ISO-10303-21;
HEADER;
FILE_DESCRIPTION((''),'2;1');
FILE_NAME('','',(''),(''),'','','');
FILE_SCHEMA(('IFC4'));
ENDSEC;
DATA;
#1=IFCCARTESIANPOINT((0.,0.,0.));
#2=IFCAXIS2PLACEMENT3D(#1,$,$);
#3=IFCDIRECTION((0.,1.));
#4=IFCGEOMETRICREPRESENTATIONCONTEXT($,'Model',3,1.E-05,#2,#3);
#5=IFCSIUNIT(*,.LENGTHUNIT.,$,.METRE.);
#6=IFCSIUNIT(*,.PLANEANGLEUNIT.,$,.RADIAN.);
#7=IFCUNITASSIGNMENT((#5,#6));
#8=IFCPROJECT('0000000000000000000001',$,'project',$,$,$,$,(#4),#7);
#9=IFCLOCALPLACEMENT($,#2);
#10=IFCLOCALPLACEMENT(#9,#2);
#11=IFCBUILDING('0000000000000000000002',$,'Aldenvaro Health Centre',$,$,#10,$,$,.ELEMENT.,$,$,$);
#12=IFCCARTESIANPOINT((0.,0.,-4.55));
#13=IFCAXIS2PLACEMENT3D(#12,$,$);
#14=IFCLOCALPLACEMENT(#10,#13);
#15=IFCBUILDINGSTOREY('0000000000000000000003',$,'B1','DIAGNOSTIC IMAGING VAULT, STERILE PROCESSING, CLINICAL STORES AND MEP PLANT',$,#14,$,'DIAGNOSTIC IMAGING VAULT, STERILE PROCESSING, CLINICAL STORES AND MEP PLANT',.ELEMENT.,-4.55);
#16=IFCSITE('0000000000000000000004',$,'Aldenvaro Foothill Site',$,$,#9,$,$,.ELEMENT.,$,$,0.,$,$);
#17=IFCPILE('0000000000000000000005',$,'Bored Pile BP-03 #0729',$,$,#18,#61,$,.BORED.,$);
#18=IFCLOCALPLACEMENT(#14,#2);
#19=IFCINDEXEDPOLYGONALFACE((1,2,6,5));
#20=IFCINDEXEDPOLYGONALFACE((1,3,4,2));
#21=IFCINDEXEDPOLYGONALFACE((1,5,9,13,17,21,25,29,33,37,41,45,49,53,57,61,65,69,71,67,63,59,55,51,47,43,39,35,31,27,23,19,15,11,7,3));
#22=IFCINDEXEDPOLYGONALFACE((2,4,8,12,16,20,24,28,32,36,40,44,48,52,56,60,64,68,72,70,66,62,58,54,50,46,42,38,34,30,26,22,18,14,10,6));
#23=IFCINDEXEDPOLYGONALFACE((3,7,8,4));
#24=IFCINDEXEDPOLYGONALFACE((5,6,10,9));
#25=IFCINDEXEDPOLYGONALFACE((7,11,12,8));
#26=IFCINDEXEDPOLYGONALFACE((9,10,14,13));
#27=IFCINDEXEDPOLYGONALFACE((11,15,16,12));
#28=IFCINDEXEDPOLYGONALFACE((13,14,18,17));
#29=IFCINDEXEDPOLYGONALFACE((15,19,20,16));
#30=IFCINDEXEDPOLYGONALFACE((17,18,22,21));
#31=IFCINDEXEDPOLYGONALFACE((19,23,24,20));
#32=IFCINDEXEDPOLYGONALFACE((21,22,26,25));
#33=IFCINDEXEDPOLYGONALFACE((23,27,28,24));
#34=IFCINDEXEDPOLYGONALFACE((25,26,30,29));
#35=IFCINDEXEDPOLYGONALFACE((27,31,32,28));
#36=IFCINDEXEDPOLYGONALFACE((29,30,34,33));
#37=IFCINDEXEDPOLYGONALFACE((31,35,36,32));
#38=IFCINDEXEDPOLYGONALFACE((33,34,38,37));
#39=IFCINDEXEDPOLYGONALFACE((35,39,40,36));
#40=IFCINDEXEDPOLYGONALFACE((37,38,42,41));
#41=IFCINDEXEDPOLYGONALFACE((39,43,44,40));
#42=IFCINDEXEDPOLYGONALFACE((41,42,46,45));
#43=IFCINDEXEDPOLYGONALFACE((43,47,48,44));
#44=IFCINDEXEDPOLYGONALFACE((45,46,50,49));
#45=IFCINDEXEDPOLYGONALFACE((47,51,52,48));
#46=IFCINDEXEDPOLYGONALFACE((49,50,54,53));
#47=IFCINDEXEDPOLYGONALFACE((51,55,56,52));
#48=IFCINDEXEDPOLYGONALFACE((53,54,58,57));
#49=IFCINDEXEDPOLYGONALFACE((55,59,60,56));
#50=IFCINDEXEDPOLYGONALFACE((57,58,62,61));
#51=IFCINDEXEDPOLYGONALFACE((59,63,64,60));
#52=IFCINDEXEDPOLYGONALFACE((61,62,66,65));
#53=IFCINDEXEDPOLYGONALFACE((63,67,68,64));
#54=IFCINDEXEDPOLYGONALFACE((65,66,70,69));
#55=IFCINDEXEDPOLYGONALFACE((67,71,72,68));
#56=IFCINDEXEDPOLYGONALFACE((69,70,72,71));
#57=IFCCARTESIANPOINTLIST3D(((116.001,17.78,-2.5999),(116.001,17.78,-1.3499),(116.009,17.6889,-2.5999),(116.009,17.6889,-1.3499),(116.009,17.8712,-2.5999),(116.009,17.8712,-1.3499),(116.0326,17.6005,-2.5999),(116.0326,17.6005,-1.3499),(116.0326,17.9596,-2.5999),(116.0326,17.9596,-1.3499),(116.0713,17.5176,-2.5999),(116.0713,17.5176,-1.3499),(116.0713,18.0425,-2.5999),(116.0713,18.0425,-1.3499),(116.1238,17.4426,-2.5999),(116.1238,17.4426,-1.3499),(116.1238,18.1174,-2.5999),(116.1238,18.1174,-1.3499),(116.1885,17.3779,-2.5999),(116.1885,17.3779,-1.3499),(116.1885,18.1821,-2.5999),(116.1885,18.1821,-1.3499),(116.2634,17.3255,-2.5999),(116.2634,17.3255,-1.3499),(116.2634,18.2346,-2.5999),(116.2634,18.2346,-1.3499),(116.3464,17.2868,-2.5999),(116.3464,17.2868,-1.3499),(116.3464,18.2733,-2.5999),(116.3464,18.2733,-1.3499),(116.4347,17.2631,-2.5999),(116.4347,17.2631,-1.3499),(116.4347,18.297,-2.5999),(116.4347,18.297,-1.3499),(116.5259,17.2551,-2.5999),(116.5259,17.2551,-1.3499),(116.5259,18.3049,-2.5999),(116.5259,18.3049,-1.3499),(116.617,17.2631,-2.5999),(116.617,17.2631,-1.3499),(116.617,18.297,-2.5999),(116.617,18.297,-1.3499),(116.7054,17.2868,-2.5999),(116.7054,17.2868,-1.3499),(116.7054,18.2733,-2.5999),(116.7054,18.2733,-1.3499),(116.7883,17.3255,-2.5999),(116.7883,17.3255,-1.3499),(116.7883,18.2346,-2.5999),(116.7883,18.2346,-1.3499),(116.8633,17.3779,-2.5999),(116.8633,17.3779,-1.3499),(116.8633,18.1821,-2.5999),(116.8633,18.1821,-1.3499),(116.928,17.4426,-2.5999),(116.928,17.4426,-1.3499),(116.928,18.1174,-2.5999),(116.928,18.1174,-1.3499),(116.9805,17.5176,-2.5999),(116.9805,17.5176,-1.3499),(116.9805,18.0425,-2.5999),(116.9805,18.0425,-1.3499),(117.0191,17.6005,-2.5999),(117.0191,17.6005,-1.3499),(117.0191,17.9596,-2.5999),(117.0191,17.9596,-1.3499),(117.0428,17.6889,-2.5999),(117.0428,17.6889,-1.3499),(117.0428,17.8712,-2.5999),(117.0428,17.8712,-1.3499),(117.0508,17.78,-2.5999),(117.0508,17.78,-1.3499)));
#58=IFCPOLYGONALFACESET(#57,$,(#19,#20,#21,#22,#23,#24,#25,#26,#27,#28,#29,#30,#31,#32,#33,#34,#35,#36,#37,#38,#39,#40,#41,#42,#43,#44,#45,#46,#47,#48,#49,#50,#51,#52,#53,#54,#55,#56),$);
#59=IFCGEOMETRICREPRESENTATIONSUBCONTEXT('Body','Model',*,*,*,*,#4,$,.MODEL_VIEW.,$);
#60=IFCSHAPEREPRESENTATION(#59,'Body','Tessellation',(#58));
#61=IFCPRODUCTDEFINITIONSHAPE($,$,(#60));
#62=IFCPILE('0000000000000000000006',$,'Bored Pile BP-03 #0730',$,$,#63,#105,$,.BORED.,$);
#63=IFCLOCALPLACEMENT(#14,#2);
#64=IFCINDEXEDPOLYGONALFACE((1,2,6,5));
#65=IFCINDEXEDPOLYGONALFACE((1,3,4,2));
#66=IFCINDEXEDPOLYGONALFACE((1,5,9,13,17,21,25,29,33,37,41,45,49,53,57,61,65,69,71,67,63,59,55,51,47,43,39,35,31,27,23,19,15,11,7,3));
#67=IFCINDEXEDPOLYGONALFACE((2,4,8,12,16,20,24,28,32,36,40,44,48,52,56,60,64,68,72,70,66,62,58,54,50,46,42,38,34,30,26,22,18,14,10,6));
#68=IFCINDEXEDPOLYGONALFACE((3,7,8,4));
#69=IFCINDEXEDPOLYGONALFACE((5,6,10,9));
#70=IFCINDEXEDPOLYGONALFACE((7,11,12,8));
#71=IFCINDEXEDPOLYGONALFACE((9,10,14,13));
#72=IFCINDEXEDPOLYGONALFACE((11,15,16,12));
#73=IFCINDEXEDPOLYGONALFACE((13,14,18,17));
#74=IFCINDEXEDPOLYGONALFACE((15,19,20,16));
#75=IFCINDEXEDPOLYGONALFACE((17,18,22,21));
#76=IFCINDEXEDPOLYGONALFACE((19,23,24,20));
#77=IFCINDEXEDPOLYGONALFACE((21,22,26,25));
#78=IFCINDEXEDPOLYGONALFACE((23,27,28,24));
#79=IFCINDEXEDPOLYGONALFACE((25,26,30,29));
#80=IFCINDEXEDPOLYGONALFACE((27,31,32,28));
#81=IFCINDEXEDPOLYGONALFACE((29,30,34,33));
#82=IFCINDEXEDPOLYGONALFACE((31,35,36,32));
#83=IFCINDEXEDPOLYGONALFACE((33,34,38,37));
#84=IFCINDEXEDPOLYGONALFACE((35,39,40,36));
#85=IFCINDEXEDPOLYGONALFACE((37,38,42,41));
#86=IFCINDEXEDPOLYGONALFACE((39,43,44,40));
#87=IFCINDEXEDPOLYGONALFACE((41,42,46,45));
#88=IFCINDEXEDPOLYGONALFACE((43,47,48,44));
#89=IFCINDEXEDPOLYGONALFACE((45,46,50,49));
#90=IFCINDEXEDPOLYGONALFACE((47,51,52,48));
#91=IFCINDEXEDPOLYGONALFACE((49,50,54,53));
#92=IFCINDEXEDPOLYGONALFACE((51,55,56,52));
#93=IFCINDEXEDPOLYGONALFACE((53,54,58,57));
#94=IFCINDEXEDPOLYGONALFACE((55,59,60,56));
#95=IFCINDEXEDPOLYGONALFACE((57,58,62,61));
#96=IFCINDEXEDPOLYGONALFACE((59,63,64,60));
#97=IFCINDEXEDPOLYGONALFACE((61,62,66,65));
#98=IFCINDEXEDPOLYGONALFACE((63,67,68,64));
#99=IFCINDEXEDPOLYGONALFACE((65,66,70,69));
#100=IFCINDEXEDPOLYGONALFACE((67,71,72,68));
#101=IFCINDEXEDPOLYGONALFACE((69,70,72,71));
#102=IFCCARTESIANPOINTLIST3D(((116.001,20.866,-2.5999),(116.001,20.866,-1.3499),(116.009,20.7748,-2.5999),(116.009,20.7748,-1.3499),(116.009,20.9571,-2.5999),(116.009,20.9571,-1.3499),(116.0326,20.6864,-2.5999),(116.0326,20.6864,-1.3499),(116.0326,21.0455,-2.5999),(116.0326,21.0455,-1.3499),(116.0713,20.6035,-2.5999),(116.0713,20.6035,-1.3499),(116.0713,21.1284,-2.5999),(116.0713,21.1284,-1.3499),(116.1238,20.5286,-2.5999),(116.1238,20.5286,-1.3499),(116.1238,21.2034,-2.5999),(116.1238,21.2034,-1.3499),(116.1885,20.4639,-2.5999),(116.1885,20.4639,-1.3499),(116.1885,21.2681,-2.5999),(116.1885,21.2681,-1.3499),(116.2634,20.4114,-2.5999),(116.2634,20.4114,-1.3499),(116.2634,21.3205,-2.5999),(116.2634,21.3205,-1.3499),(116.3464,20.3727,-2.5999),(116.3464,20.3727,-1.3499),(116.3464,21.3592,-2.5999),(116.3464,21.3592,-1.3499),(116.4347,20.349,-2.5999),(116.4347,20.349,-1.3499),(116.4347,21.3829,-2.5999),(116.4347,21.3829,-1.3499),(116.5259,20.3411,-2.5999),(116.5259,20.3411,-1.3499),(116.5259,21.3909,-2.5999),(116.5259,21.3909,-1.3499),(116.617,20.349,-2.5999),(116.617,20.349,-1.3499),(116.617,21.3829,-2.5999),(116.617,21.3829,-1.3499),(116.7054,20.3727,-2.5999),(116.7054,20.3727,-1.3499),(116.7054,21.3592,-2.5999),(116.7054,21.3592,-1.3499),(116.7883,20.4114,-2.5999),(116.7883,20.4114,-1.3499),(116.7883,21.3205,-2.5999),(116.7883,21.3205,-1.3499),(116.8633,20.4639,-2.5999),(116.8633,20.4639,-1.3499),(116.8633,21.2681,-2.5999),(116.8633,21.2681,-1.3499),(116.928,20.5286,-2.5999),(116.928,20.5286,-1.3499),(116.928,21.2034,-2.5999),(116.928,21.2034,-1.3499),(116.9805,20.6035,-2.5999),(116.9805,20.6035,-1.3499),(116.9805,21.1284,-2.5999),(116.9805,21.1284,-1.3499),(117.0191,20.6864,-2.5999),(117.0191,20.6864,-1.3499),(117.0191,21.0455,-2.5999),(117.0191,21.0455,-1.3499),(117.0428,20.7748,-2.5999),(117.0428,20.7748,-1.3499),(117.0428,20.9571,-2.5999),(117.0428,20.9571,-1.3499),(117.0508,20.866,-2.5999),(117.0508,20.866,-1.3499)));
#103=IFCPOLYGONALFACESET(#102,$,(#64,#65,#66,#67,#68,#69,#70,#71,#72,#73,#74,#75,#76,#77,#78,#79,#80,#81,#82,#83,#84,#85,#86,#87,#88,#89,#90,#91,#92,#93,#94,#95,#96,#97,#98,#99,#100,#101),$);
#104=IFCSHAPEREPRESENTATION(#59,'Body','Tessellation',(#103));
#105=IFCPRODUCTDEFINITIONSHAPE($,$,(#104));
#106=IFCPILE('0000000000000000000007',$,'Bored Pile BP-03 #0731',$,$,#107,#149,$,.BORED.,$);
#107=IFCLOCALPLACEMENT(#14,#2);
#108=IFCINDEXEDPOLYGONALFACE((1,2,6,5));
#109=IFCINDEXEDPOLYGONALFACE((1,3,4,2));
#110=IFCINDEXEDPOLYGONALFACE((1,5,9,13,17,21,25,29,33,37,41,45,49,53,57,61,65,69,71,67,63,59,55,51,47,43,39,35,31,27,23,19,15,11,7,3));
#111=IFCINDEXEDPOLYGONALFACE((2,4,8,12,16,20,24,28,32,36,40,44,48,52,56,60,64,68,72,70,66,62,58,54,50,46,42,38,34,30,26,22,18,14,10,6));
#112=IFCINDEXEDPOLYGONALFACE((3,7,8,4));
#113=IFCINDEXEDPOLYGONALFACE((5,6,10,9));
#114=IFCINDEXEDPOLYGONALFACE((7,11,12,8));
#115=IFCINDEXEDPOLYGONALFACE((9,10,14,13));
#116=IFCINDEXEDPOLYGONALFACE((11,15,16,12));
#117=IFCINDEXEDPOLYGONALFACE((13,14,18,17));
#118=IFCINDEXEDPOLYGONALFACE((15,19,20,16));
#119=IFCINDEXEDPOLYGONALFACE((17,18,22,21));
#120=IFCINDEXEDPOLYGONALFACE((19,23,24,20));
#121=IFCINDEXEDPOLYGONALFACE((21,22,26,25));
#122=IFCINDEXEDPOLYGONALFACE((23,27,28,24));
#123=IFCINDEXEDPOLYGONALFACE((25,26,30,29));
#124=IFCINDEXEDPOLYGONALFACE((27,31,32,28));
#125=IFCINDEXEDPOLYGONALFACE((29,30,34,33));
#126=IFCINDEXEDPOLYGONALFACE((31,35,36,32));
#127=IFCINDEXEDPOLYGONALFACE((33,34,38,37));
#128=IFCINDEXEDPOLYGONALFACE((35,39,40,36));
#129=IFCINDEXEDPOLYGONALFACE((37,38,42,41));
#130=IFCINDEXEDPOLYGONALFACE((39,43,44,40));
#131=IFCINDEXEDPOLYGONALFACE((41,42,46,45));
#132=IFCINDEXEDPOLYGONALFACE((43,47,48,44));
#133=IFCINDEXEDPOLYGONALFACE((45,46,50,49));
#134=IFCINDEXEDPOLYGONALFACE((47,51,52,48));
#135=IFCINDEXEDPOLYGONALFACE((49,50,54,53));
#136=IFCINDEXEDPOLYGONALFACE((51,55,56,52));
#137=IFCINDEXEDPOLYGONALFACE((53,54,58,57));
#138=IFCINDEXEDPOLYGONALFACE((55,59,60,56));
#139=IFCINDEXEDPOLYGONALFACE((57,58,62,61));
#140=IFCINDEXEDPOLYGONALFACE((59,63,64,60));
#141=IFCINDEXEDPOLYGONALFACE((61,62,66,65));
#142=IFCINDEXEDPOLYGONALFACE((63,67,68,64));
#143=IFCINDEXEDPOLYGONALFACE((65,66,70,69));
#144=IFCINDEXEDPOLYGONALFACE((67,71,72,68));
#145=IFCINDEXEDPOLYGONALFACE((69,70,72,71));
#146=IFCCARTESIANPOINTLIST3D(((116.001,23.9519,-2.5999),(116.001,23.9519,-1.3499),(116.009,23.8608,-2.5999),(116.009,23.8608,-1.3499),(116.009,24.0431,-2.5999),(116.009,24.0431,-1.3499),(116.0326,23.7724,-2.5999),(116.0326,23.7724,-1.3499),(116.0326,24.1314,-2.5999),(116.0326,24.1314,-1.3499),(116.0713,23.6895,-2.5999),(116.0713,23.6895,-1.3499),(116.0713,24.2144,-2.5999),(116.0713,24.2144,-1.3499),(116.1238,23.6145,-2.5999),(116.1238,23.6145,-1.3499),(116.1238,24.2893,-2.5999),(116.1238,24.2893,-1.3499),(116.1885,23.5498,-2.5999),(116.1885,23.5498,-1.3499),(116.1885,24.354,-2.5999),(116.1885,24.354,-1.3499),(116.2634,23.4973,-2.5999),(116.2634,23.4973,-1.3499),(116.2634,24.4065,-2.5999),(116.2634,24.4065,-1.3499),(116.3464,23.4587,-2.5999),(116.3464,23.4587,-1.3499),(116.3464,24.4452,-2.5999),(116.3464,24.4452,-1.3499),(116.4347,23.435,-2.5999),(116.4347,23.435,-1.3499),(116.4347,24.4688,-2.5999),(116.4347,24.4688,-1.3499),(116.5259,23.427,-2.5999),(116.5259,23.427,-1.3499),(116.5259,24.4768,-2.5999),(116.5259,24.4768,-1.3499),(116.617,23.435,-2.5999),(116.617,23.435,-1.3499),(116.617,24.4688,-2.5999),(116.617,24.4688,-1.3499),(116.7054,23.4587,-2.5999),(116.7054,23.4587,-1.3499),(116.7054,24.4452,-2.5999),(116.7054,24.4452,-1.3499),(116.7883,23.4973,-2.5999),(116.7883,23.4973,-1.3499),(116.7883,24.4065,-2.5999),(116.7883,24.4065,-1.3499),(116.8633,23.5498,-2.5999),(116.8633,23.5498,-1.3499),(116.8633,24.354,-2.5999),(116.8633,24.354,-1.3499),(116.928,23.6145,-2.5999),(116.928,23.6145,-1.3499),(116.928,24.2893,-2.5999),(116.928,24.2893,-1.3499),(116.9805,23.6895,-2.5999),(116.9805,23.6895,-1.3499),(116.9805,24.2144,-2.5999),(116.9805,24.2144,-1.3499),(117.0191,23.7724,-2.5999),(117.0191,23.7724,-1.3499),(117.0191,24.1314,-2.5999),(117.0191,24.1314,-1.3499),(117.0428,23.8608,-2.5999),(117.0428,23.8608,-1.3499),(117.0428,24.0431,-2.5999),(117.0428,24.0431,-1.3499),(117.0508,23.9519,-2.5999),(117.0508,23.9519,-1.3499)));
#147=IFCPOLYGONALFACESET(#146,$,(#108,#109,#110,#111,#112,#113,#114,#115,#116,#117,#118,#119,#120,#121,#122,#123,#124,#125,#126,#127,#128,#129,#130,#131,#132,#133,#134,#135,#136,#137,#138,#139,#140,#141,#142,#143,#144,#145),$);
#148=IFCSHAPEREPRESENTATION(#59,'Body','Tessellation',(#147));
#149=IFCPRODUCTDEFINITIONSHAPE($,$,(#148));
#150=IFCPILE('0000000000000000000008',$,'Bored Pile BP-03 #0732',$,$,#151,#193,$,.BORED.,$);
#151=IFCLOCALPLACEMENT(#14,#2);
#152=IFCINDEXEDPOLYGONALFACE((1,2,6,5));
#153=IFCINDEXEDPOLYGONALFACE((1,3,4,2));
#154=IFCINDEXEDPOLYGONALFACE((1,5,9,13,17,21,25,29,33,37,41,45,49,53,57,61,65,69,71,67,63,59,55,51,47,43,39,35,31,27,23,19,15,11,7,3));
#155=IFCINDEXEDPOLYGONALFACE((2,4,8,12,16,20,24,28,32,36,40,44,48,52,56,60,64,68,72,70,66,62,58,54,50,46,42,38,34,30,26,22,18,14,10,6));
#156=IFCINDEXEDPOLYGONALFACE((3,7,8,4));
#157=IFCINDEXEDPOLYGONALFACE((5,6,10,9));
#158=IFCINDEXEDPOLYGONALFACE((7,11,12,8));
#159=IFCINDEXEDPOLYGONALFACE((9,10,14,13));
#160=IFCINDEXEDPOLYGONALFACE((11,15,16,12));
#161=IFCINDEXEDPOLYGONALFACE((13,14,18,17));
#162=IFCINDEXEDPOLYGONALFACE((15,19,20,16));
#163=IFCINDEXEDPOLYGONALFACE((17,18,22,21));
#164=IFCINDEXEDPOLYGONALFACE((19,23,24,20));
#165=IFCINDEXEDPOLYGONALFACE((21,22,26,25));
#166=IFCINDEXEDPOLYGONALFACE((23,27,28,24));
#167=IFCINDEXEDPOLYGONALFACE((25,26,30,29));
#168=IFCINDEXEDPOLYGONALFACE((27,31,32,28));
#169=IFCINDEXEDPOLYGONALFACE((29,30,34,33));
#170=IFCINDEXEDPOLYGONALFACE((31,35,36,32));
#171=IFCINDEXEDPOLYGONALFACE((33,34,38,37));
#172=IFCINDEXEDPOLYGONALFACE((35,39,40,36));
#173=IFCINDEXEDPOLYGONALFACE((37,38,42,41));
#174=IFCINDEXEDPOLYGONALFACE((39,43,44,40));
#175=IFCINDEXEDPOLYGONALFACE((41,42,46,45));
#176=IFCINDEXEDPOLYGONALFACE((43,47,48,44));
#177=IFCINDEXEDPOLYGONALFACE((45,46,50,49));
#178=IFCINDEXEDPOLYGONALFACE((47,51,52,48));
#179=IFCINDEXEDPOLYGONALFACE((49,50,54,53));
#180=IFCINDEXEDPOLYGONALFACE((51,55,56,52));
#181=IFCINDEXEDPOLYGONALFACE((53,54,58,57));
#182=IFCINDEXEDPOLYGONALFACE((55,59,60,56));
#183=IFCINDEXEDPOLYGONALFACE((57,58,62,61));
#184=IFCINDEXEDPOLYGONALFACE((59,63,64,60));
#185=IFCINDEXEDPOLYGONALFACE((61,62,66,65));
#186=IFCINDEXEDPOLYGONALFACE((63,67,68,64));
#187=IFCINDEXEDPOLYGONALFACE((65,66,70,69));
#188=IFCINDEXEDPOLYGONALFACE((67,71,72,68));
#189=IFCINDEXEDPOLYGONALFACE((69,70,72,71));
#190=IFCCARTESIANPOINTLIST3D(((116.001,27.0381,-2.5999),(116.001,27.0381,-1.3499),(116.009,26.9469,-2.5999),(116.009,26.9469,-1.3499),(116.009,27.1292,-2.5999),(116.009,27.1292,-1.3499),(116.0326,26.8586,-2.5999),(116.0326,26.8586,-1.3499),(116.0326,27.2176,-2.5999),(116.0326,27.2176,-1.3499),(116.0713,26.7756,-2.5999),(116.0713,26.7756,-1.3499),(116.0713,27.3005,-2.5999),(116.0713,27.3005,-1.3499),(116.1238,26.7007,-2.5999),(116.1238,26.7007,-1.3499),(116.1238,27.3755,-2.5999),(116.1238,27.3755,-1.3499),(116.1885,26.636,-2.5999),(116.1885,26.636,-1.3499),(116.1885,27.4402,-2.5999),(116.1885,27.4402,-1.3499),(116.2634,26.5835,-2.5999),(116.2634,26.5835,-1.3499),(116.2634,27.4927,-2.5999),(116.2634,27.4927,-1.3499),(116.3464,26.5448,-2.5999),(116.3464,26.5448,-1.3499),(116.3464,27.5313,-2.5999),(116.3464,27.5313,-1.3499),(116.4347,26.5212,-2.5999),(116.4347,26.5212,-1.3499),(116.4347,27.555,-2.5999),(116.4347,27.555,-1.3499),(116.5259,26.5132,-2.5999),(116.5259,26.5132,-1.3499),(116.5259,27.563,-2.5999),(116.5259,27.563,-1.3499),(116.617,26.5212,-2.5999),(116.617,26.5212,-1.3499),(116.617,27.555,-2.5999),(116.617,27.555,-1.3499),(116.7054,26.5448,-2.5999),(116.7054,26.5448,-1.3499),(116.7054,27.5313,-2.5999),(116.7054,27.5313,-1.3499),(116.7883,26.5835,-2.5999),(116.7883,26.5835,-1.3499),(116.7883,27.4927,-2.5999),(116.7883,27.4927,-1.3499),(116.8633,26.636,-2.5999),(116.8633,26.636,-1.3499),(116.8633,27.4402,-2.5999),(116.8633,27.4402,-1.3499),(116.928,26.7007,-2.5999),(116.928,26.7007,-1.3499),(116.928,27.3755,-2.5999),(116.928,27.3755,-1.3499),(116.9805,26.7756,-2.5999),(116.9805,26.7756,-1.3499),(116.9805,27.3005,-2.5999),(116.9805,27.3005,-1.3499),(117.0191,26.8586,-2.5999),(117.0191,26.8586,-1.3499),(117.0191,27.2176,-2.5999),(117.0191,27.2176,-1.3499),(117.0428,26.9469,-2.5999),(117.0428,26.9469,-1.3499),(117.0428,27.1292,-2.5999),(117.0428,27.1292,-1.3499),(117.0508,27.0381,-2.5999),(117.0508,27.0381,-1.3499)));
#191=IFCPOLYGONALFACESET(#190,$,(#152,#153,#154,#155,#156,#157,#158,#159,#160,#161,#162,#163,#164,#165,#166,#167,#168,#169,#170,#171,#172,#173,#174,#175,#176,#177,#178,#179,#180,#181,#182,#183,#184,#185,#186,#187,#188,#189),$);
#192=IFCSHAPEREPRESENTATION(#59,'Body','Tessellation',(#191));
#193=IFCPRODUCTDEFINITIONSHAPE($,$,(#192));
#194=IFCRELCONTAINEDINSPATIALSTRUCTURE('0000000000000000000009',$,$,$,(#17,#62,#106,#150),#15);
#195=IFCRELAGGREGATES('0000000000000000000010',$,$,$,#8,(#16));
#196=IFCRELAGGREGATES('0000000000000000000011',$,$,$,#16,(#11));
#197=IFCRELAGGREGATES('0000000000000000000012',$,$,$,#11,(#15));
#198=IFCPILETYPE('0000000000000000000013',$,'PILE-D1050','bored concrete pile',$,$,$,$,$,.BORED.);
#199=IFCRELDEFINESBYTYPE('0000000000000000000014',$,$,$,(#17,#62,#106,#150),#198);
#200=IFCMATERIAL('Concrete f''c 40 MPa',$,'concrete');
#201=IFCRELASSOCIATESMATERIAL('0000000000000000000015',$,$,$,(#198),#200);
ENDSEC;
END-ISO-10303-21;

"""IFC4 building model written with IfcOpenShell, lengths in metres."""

from ifc_helpers import new_model, si_unit, direction, frame, origin, origin_2d, place, context, subcontext, project, spatial, circle, extrude, material, material_profile, profile_set, type_object, element, save


model = new_model("IFC4")

# Units and contexts
model_context = context("Model", 3, precision=1e-05, world=origin(), true_north=direction((0.0, 1.0)))
body_context = subcontext(model_context, "Body", "Model", "MODEL_VIEW")
ifc_project = project(units=[si_unit("LENGTHUNIT", "METRE"), si_unit("PLANEANGLEUNIT", "RADIAN")], contexts=[model_context])

# Site, building, storey
site_placement = place(None, origin())
site = spatial("IfcSite", under=ifc_project, at=site_placement, Name="Aldenvaro Foothill Site", CompositionType="ELEMENT", RefElevation=0.0)
building_placement = place(site_placement, origin())
building = spatial("IfcBuilding", under=site, at=building_placement, Name="Aldenvaro Health Centre", CompositionType="ELEMENT")
storey_placement = place(building_placement, frame((0.0, 0.0, -4.55)))
storey = spatial("IfcBuildingStorey", under=building, at=storey_placement, Name="B1", Description="DIAGNOSTIC IMAGING VAULT, STERILE PROCESSING, CLINICAL STORES AND MEP PLANT", LongName="DIAGNOSTIC IMAGING VAULT, STERILE PROCESSING, CLINICAL STORES AND MEP PLANT", CompositionType="ELEMENT", Elevation=-4.55)

# Piles
ifc_material_1 = material(Name="Concrete f'c 40 MPa", Category="concrete")
ifc_material_profile_1 = material_profile(ifc_material_1, circle(Radius=0.5249, at=origin_2d()), Name="PILE D1050", Category="concrete")
ifc_profile_set_1 = profile_set([ifc_material_profile_1], Name="Concrete f'c 40 MPa")
pile_type = type_object("IfcPileType", Name="PILE-D1050", Description="bored concrete pile", PredefinedType="BORED", material=ifc_profile_set_1)
for number, where, z_axis, x_axis, name in (
    (1, (116.5259, 17.78, -1.3499), (0.0, 0.0, -1.0), (1.0, 0.0, 0.0), "Bored Pile BP-03 #0729"),
    (2, (116.5259, 20.866, -1.3499), (0.0, 0.0, -1.0), (1.0, 0.0, 0.0), "Bored Pile BP-03 #0730"),
    (3, (116.5259, 23.9519, -1.3499), (0.0, 0.0, -1.0), (1.0, 0.0, 0.0), "Bored Pile BP-03 #0731"),
    (4, (116.5259, 27.0381, -1.3499), (0.0, 0.0, -1.0), (1.0, 0.0, 0.0), "Bored Pile BP-03 #0732"),
):
    element("IfcPile", number, at=place(storey_placement, frame(where, z_axis=z_axis, x_axis=x_axis)), inside=storey, type_object=pile_type, Name=name, PredefinedType="BORED", context=body_context, shape_type="SweptSolid", body=[
        extrude(circle(Radius=0.5249, at=origin_2d()), origin(), (0.0, 0.0, 1.0), 1.25),
    ])

save(model, "model.ifc")
